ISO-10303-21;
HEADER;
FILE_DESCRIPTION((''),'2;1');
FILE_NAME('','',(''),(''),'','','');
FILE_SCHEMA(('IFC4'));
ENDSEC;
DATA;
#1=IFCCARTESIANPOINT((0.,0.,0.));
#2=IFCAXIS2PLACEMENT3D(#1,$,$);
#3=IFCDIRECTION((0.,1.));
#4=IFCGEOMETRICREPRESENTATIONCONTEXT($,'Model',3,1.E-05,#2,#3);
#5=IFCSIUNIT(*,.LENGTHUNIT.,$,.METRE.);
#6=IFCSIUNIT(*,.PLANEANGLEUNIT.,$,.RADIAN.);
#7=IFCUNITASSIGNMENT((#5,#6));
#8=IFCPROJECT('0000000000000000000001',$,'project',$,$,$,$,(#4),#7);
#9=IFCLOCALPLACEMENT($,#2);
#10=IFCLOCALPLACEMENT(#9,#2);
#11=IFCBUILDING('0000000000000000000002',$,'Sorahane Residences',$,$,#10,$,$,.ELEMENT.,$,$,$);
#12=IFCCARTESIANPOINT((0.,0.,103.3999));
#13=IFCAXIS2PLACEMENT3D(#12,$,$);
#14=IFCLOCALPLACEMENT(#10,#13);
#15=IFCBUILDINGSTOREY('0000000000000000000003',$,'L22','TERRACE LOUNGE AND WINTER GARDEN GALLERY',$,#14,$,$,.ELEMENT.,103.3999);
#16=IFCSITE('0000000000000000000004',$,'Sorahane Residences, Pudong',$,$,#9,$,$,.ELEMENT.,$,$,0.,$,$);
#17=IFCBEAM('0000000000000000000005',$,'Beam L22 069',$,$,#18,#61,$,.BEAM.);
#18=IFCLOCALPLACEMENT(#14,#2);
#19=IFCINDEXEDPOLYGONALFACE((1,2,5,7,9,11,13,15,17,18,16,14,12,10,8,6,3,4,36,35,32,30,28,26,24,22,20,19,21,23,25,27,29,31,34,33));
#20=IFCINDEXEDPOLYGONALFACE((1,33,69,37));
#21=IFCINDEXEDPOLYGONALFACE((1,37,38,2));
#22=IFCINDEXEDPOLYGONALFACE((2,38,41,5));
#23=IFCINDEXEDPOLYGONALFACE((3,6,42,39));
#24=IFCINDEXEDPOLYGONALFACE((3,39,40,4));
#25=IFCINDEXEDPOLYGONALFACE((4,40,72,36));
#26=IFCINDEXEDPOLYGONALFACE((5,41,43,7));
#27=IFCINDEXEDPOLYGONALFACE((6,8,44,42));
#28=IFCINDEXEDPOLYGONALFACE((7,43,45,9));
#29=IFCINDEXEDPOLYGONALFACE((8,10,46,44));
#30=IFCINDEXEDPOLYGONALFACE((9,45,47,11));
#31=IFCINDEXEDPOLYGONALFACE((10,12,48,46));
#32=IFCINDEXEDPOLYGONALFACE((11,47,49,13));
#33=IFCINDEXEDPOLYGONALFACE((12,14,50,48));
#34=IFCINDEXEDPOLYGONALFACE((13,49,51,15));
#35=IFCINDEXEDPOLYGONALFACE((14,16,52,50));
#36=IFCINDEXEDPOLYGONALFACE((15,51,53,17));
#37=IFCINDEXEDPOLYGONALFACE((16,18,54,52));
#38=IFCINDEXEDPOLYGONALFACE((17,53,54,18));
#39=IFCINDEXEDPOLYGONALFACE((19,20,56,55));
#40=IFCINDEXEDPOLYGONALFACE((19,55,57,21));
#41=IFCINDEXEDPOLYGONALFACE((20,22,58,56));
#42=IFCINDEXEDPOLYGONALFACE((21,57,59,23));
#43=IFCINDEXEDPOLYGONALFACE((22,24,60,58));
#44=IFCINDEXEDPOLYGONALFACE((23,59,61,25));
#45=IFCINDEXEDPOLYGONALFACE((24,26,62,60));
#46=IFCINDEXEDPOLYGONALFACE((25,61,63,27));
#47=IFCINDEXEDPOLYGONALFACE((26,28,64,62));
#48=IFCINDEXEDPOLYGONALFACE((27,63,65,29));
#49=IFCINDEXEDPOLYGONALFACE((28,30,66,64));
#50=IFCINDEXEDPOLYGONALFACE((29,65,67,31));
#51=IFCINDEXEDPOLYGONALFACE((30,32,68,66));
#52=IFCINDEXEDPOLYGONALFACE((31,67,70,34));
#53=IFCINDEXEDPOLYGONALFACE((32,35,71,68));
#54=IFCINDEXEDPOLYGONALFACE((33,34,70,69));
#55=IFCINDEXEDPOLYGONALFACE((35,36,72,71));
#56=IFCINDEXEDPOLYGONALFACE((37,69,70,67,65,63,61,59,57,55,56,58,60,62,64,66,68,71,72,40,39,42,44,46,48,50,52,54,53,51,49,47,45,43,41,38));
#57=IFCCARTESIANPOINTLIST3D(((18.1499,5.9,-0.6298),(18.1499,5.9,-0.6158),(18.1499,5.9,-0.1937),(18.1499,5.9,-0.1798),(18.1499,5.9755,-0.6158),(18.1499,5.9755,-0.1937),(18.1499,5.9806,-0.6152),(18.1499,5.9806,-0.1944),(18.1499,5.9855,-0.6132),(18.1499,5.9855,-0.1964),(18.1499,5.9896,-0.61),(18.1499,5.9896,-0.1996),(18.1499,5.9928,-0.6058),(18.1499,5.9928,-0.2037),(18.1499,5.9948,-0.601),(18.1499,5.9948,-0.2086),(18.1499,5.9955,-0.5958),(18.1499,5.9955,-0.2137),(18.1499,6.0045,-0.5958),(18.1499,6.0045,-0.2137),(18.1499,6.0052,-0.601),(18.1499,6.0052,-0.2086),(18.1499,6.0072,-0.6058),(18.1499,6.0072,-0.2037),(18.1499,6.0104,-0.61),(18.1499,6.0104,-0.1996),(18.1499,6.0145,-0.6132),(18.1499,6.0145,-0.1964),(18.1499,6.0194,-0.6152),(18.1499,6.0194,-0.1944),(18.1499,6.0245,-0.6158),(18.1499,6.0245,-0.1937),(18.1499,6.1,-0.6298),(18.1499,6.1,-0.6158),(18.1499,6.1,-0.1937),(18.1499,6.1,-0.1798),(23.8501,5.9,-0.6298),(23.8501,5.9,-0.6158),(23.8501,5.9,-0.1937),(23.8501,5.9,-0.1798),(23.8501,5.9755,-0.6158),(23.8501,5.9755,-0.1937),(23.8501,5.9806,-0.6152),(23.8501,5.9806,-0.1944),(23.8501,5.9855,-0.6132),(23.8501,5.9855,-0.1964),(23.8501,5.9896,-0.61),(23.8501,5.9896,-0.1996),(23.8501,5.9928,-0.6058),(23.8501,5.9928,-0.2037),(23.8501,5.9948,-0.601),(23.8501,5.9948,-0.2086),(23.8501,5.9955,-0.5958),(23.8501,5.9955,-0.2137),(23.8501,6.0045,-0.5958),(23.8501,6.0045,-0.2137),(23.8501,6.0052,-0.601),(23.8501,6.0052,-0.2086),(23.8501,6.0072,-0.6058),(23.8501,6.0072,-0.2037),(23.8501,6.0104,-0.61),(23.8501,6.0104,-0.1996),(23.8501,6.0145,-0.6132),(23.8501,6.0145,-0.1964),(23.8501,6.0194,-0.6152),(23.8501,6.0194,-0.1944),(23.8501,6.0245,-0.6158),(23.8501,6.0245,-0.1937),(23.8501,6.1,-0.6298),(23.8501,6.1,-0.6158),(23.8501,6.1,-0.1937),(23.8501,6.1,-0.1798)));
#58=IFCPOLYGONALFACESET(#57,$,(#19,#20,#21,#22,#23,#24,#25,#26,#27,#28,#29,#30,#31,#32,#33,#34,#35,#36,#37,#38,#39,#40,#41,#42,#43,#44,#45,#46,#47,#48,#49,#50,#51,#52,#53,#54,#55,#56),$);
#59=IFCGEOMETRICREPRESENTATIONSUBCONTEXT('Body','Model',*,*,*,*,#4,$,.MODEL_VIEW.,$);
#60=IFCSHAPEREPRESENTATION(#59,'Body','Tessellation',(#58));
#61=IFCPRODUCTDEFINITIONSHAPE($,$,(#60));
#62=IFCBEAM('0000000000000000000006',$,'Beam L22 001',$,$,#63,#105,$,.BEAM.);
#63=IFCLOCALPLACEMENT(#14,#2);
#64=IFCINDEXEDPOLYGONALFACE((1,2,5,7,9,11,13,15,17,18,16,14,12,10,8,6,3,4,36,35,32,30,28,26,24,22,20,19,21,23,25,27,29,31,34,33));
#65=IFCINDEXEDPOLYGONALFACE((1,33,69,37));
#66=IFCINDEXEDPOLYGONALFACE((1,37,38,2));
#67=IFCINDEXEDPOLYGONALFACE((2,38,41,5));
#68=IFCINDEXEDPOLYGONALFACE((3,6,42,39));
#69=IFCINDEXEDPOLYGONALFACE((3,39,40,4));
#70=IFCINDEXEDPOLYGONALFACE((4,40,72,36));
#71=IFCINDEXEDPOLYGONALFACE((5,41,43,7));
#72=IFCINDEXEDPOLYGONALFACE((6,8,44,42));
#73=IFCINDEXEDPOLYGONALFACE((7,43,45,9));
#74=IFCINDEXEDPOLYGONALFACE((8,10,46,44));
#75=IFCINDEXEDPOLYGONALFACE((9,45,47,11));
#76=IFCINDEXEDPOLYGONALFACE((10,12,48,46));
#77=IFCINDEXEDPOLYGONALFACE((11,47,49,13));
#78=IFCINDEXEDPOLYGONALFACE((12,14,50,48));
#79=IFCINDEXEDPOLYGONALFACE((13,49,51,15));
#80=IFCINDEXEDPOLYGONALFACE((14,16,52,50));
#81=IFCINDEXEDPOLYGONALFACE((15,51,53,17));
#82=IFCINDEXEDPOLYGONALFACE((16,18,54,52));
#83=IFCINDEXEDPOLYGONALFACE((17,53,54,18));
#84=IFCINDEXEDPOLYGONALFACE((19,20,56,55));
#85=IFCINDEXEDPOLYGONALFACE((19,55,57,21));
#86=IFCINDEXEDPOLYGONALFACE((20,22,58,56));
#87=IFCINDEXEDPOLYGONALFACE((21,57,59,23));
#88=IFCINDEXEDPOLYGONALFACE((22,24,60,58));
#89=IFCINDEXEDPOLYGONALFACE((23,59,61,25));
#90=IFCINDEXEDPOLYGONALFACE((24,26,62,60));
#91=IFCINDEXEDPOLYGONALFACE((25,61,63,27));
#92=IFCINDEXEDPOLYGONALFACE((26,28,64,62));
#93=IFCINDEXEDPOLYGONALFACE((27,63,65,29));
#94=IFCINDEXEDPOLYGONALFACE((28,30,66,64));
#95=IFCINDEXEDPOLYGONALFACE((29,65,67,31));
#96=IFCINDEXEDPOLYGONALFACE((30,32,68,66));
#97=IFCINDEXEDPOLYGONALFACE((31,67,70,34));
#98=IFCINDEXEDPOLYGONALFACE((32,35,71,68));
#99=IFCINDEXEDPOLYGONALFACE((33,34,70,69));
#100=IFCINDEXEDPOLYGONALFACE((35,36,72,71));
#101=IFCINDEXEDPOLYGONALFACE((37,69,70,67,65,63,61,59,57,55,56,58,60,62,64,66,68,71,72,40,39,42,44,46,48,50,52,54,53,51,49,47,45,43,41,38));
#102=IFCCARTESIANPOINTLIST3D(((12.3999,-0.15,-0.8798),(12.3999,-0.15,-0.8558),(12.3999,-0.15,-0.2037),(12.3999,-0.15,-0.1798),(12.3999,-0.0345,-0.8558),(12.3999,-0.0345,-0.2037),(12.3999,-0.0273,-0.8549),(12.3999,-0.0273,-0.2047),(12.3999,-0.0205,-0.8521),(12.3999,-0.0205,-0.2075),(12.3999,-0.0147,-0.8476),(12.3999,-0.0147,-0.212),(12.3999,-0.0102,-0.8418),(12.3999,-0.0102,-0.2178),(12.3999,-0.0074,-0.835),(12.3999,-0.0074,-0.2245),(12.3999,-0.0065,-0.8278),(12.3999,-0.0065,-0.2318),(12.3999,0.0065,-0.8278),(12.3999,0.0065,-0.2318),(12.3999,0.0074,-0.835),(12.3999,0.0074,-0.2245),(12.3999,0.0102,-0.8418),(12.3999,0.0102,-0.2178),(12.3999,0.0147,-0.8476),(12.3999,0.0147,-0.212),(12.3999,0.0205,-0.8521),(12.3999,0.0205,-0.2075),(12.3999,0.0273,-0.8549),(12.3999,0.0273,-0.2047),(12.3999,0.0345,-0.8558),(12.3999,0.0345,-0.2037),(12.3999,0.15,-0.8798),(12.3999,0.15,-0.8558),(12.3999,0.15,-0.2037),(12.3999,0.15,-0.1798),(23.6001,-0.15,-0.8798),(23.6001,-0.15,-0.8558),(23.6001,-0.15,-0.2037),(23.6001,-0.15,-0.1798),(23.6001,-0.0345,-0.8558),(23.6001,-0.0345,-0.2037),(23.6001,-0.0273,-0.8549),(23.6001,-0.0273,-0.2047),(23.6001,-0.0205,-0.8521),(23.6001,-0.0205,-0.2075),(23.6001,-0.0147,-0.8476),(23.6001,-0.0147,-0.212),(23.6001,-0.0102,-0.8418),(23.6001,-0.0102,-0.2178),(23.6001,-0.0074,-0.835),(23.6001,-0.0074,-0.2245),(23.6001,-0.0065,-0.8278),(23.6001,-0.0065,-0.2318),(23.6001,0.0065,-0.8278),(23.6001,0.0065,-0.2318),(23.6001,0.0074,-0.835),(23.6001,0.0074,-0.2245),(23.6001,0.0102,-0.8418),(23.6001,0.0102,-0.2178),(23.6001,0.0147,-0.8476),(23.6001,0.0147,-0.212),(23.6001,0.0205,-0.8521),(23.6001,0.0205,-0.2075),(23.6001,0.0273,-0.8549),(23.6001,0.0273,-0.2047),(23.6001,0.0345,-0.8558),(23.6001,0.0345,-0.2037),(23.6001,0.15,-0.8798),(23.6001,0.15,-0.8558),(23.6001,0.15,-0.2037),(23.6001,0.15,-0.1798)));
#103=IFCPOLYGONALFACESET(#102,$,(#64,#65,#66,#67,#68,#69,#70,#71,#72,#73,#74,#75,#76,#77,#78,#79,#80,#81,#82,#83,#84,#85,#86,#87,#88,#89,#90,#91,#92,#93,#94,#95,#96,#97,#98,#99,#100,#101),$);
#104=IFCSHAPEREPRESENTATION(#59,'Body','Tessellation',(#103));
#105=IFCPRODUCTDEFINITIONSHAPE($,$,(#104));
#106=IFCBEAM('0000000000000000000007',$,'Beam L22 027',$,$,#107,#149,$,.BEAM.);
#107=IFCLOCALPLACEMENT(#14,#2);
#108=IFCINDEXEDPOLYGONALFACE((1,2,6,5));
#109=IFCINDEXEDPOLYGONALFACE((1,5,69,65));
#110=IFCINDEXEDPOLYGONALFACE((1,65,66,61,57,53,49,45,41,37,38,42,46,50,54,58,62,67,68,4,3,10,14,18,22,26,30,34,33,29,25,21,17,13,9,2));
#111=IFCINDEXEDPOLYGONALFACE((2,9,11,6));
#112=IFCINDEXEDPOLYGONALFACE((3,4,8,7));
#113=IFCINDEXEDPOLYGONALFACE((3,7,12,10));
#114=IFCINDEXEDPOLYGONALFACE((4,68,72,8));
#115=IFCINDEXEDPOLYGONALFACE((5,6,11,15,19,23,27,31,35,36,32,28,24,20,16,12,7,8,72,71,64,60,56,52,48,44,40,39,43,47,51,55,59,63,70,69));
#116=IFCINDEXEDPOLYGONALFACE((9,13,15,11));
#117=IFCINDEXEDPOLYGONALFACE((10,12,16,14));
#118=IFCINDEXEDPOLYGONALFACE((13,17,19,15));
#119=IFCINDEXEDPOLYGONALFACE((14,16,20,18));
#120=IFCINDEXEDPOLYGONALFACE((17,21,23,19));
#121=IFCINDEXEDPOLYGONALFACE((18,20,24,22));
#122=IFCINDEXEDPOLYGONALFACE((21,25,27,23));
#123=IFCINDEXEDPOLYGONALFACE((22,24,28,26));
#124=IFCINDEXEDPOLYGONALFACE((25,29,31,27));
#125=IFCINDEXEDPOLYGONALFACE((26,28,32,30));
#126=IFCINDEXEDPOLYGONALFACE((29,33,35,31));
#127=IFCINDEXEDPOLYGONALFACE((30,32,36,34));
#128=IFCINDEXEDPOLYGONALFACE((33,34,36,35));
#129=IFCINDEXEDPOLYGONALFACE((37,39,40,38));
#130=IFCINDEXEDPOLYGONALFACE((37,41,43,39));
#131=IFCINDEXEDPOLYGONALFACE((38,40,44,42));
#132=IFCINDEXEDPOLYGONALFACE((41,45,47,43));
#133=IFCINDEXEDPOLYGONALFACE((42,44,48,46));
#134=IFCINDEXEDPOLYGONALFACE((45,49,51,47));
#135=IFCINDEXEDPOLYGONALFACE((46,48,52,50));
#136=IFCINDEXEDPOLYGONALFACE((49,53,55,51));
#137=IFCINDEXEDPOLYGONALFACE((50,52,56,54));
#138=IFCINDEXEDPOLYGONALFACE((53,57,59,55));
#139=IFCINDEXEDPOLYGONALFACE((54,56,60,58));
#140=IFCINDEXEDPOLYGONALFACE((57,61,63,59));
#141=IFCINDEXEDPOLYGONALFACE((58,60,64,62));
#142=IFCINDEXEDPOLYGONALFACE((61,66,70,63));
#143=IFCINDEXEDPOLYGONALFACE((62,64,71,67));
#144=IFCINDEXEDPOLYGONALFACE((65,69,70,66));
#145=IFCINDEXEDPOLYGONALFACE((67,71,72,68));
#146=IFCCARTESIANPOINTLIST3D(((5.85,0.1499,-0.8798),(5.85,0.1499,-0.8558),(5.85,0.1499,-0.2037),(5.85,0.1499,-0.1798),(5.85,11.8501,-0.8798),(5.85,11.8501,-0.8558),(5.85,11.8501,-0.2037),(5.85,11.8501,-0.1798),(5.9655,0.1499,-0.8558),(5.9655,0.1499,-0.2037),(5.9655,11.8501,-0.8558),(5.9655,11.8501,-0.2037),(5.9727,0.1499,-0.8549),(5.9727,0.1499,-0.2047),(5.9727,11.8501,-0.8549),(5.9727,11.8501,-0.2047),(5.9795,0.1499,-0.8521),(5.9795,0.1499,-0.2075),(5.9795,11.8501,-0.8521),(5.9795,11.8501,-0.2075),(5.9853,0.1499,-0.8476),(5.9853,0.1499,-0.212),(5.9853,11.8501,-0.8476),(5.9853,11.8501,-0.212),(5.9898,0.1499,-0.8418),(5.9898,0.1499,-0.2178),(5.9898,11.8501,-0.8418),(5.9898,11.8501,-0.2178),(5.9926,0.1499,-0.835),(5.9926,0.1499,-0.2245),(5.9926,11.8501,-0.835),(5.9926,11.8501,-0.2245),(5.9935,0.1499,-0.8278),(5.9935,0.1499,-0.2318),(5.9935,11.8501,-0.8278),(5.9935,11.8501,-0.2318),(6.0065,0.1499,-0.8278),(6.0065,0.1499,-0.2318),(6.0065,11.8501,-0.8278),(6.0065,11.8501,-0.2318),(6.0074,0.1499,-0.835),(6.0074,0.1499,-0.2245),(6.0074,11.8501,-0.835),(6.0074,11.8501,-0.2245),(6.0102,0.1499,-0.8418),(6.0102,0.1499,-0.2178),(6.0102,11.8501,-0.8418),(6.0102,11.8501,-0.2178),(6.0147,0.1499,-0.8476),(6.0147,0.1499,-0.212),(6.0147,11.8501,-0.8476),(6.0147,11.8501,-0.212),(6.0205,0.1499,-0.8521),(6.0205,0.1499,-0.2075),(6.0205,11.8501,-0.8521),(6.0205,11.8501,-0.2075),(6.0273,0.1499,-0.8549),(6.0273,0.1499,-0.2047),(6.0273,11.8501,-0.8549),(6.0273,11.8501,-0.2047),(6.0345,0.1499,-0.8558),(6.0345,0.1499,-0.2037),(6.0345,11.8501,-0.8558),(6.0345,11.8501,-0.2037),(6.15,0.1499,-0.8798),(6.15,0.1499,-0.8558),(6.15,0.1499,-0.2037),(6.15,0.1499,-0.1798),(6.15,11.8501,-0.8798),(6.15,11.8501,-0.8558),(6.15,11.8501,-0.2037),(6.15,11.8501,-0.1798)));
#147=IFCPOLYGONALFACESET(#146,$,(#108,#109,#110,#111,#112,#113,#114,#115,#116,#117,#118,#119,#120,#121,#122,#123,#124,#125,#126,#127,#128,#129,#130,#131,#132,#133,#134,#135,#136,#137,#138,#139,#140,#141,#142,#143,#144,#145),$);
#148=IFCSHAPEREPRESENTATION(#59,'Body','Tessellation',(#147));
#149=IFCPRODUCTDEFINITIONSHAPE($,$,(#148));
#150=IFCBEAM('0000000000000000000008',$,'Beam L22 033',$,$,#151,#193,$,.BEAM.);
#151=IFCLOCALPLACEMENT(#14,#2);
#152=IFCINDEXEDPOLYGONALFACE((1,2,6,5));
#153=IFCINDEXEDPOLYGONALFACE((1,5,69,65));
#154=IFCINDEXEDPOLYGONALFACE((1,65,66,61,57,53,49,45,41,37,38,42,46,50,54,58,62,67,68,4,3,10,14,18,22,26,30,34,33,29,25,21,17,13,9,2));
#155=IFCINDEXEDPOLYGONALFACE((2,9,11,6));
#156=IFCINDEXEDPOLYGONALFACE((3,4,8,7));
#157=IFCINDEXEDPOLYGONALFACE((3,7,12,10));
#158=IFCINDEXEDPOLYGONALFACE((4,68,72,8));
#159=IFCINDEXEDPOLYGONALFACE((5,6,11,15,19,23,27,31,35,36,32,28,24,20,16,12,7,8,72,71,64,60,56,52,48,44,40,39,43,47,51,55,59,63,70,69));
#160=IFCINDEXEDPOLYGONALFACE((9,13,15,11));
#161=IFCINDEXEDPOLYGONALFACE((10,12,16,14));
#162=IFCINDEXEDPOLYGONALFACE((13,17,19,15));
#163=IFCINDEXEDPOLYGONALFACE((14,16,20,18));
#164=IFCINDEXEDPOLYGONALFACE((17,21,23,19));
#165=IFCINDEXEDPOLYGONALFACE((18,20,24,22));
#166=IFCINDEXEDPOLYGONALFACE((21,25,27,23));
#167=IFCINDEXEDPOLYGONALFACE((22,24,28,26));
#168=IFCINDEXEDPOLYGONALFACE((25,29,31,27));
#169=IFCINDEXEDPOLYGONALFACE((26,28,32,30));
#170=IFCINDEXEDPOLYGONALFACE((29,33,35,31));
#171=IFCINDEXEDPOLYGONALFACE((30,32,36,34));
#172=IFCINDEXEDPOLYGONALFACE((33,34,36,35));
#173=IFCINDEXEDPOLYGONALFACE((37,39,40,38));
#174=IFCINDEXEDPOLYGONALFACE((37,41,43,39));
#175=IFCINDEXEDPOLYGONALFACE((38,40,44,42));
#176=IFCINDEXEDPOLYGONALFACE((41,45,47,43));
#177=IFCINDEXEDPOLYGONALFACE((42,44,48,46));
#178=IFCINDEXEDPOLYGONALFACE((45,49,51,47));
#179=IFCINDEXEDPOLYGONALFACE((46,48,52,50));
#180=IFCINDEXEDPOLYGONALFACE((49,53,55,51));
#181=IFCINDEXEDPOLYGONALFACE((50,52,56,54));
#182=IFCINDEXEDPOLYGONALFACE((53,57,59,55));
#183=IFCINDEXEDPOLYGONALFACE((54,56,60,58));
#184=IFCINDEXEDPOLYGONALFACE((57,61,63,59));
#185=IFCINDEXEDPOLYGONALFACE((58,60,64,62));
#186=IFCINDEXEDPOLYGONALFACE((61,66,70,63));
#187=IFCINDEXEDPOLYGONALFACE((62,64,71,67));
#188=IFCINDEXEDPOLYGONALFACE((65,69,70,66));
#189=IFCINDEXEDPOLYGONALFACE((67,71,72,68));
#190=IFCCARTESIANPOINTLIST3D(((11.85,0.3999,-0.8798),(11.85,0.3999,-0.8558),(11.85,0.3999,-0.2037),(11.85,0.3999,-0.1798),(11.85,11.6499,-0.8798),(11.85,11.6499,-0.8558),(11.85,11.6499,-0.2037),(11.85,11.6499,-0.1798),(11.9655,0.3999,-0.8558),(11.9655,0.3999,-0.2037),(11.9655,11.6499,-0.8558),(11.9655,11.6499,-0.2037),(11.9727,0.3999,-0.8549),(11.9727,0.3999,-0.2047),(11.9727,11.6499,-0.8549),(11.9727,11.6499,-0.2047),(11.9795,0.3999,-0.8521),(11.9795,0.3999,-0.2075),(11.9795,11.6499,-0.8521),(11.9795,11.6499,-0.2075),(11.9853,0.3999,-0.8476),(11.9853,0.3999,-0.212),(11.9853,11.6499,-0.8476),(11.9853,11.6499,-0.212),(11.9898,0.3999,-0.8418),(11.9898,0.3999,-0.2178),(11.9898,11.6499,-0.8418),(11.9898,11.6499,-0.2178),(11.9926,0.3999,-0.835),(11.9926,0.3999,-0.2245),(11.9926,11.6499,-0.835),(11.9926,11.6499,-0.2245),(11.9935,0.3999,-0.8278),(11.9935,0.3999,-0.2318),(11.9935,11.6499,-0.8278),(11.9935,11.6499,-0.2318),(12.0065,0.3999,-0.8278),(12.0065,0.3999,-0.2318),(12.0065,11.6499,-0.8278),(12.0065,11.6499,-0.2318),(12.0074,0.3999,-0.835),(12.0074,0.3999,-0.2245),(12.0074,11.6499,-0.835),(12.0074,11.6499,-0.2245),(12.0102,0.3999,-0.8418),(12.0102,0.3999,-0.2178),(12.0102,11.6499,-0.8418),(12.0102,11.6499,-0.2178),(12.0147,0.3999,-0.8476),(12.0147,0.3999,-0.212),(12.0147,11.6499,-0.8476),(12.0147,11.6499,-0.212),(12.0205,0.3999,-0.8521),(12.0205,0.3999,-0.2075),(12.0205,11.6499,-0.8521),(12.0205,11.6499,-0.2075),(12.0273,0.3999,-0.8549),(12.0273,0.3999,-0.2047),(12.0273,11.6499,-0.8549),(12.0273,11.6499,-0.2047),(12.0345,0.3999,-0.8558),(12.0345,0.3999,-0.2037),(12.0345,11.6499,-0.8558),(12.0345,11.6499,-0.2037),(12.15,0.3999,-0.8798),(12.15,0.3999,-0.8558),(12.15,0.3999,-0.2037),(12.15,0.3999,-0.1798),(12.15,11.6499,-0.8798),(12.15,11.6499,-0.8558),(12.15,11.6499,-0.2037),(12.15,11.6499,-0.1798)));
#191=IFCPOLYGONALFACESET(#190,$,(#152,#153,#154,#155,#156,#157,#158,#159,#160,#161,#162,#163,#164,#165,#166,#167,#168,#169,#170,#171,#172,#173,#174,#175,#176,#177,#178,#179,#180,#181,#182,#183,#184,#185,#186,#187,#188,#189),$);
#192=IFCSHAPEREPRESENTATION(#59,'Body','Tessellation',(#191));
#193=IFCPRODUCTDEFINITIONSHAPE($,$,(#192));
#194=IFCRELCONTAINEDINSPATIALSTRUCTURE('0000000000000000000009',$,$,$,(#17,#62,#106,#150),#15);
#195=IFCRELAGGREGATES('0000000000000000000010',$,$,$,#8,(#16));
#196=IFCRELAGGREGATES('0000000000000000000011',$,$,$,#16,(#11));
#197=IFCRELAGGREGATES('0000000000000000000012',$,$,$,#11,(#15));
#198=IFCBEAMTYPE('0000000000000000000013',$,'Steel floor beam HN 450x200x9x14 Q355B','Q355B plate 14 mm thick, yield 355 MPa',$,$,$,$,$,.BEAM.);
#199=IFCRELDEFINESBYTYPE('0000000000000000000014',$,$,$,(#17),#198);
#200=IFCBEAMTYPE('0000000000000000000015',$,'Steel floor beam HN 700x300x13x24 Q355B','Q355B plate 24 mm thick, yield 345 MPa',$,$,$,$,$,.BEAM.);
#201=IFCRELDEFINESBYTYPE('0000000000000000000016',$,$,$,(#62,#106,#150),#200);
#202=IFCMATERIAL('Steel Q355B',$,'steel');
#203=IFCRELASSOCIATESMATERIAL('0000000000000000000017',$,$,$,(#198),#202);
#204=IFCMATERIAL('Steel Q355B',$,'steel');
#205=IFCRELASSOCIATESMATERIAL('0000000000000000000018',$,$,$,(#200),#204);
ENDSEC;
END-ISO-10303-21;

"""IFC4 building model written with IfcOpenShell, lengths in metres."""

from ifc_helpers import new_model, si_unit, direction, frame, origin, origin_2d, place, context, subcontext, project, spatial, i_section, extrude, material, material_profile, profile_set, type_object, element, save


model = new_model("IFC4")

# Units and contexts
model_context = context("Model", 3, precision=1e-05, world=origin(), true_north=direction((0.0, 1.0)))
body_context = subcontext(model_context, "Body", "Model", "MODEL_VIEW")
ifc_project = project(units=[si_unit("LENGTHUNIT", "METRE"), si_unit("PLANEANGLEUNIT", "RADIAN")], contexts=[model_context])

# Site, building, storey
site_placement = place(None, origin())
site = spatial("IfcSite", under=ifc_project, at=site_placement, Name="Sorahane Residences, Pudong", CompositionType="ELEMENT", RefElevation=0.0)
building_placement = place(site_placement, origin())
building = spatial("IfcBuilding", under=site, at=building_placement, Name="Sorahane Residences", CompositionType="ELEMENT")
storey_placement = place(building_placement, frame((0.0, 0.0, 103.3999)))
storey = spatial("IfcBuildingStorey", under=building, at=storey_placement, Name="L22", Description="TERRACE LOUNGE AND WINTER GARDEN GALLERY", CompositionType="ELEMENT", Elevation=103.3999)

# Beams
ifc_material_1 = material(Name="Steel Q355B", Category="steel")
ifc_material_profile_1 = material_profile(ifc_material_1, i_section(OverallWidth=0.2, OverallDepth=0.45, WebThickness=0.009, FlangeThickness=0.0139, FilletRadius=0.02, at=origin_2d()), Name="HN 450x200x9x14")
ifc_profile_set_1 = profile_set([ifc_material_profile_1], Name="Steel Q355B")
beam_type_1 = type_object("IfcBeamType", Name="Steel floor beam HN 450x200x9x14 Q355B", Description="Q355B plate 14 mm thick, yield 355 MPa", PredefinedType="BEAM", material=ifc_profile_set_1)
for number, where, z_axis, x_axis, name in (
    (1, (18.1499, 6.0, -0.4048), (1.0, 0.0, 0.0), (0.0, 1.0, 0.0), "Beam L22 069"),
):
    element("IfcBeam", number, at=place(storey_placement, frame(where, z_axis=z_axis, x_axis=x_axis)), inside=storey, type_object=beam_type_1, Name=name, PredefinedType="BEAM", context=body_context, shape_type="SweptSolid", body=[
        extrude(i_section(OverallWidth=0.2, OverallDepth=0.45, WebThickness=0.009, FlangeThickness=0.0139, FilletRadius=0.02, at=origin_2d()), origin(), (0.0, 0.0, 1.0), 5.7002),
    ])
ifc_material_2 = material(Name="Steel Q355B", Category="steel")
ifc_material_profile_2 = material_profile(ifc_material_2, i_section(OverallWidth=0.3, OverallDepth=0.7, WebThickness=0.0129, FlangeThickness=0.0239, FilletRadius=0.0281, at=origin_2d()), Name="HN 700x300x13x24")
ifc_profile_set_2 = profile_set([ifc_material_profile_2], Name="Steel Q355B")
beam_type_2 = type_object("IfcBeamType", Name="Steel floor beam HN 700x300x13x24 Q355B", Description="Q355B plate 24 mm thick, yield 345 MPa", PredefinedType="BEAM", material=ifc_profile_set_2)
beam_1_placement = place(storey_placement, frame((12.3999, 0.0, -0.5298), z_axis=(1.0, 0.0, 0.0), x_axis=(0.0, 1.0, 0.0)))
element("IfcBeam", 2, at=beam_1_placement, inside=storey, type_object=beam_type_2, Name="Beam L22 001", PredefinedType="BEAM", context=body_context, shape_type="SweptSolid", body=[
    extrude(i_section(OverallWidth=0.3, OverallDepth=0.7, WebThickness=0.0129, FlangeThickness=0.0239, FilletRadius=0.0281, at=origin_2d()), origin(), (0.0, 0.0, 1.0), 11.2002),
])
beam_2_placement = place(storey_placement, frame((6.0, 0.1499, -0.5298), z_axis=(0.0, 1.0, 0.0), x_axis=(-1.0, 0.0, 0.0)))
element("IfcBeam", 3, at=beam_2_placement, inside=storey, type_object=beam_type_2, Name="Beam L22 027", PredefinedType="BEAM", context=body_context, shape_type="SweptSolid", body=[
    extrude(i_section(OverallWidth=0.3, OverallDepth=0.7, WebThickness=0.0129, FlangeThickness=0.0239, FilletRadius=0.0281, at=origin_2d()), origin(), (0.0, 0.0, 1.0), 11.7002),
])
beam_3_placement = place(storey_placement, frame((12.0, 0.3999, -0.5298), z_axis=(0.0, 1.0, 0.0), x_axis=(-1.0, 0.0, 0.0)))
element("IfcBeam", 4, at=beam_3_placement, inside=storey, type_object=beam_type_2, Name="Beam L22 033", PredefinedType="BEAM", context=body_context, shape_type="SweptSolid", body=[
    extrude(i_section(OverallWidth=0.3, OverallDepth=0.7, WebThickness=0.0129, FlangeThickness=0.0239, FilletRadius=0.0281, at=origin_2d()), origin(), (0.0, 0.0, 1.0), 11.25),
])

save(model, "model.ifc")
